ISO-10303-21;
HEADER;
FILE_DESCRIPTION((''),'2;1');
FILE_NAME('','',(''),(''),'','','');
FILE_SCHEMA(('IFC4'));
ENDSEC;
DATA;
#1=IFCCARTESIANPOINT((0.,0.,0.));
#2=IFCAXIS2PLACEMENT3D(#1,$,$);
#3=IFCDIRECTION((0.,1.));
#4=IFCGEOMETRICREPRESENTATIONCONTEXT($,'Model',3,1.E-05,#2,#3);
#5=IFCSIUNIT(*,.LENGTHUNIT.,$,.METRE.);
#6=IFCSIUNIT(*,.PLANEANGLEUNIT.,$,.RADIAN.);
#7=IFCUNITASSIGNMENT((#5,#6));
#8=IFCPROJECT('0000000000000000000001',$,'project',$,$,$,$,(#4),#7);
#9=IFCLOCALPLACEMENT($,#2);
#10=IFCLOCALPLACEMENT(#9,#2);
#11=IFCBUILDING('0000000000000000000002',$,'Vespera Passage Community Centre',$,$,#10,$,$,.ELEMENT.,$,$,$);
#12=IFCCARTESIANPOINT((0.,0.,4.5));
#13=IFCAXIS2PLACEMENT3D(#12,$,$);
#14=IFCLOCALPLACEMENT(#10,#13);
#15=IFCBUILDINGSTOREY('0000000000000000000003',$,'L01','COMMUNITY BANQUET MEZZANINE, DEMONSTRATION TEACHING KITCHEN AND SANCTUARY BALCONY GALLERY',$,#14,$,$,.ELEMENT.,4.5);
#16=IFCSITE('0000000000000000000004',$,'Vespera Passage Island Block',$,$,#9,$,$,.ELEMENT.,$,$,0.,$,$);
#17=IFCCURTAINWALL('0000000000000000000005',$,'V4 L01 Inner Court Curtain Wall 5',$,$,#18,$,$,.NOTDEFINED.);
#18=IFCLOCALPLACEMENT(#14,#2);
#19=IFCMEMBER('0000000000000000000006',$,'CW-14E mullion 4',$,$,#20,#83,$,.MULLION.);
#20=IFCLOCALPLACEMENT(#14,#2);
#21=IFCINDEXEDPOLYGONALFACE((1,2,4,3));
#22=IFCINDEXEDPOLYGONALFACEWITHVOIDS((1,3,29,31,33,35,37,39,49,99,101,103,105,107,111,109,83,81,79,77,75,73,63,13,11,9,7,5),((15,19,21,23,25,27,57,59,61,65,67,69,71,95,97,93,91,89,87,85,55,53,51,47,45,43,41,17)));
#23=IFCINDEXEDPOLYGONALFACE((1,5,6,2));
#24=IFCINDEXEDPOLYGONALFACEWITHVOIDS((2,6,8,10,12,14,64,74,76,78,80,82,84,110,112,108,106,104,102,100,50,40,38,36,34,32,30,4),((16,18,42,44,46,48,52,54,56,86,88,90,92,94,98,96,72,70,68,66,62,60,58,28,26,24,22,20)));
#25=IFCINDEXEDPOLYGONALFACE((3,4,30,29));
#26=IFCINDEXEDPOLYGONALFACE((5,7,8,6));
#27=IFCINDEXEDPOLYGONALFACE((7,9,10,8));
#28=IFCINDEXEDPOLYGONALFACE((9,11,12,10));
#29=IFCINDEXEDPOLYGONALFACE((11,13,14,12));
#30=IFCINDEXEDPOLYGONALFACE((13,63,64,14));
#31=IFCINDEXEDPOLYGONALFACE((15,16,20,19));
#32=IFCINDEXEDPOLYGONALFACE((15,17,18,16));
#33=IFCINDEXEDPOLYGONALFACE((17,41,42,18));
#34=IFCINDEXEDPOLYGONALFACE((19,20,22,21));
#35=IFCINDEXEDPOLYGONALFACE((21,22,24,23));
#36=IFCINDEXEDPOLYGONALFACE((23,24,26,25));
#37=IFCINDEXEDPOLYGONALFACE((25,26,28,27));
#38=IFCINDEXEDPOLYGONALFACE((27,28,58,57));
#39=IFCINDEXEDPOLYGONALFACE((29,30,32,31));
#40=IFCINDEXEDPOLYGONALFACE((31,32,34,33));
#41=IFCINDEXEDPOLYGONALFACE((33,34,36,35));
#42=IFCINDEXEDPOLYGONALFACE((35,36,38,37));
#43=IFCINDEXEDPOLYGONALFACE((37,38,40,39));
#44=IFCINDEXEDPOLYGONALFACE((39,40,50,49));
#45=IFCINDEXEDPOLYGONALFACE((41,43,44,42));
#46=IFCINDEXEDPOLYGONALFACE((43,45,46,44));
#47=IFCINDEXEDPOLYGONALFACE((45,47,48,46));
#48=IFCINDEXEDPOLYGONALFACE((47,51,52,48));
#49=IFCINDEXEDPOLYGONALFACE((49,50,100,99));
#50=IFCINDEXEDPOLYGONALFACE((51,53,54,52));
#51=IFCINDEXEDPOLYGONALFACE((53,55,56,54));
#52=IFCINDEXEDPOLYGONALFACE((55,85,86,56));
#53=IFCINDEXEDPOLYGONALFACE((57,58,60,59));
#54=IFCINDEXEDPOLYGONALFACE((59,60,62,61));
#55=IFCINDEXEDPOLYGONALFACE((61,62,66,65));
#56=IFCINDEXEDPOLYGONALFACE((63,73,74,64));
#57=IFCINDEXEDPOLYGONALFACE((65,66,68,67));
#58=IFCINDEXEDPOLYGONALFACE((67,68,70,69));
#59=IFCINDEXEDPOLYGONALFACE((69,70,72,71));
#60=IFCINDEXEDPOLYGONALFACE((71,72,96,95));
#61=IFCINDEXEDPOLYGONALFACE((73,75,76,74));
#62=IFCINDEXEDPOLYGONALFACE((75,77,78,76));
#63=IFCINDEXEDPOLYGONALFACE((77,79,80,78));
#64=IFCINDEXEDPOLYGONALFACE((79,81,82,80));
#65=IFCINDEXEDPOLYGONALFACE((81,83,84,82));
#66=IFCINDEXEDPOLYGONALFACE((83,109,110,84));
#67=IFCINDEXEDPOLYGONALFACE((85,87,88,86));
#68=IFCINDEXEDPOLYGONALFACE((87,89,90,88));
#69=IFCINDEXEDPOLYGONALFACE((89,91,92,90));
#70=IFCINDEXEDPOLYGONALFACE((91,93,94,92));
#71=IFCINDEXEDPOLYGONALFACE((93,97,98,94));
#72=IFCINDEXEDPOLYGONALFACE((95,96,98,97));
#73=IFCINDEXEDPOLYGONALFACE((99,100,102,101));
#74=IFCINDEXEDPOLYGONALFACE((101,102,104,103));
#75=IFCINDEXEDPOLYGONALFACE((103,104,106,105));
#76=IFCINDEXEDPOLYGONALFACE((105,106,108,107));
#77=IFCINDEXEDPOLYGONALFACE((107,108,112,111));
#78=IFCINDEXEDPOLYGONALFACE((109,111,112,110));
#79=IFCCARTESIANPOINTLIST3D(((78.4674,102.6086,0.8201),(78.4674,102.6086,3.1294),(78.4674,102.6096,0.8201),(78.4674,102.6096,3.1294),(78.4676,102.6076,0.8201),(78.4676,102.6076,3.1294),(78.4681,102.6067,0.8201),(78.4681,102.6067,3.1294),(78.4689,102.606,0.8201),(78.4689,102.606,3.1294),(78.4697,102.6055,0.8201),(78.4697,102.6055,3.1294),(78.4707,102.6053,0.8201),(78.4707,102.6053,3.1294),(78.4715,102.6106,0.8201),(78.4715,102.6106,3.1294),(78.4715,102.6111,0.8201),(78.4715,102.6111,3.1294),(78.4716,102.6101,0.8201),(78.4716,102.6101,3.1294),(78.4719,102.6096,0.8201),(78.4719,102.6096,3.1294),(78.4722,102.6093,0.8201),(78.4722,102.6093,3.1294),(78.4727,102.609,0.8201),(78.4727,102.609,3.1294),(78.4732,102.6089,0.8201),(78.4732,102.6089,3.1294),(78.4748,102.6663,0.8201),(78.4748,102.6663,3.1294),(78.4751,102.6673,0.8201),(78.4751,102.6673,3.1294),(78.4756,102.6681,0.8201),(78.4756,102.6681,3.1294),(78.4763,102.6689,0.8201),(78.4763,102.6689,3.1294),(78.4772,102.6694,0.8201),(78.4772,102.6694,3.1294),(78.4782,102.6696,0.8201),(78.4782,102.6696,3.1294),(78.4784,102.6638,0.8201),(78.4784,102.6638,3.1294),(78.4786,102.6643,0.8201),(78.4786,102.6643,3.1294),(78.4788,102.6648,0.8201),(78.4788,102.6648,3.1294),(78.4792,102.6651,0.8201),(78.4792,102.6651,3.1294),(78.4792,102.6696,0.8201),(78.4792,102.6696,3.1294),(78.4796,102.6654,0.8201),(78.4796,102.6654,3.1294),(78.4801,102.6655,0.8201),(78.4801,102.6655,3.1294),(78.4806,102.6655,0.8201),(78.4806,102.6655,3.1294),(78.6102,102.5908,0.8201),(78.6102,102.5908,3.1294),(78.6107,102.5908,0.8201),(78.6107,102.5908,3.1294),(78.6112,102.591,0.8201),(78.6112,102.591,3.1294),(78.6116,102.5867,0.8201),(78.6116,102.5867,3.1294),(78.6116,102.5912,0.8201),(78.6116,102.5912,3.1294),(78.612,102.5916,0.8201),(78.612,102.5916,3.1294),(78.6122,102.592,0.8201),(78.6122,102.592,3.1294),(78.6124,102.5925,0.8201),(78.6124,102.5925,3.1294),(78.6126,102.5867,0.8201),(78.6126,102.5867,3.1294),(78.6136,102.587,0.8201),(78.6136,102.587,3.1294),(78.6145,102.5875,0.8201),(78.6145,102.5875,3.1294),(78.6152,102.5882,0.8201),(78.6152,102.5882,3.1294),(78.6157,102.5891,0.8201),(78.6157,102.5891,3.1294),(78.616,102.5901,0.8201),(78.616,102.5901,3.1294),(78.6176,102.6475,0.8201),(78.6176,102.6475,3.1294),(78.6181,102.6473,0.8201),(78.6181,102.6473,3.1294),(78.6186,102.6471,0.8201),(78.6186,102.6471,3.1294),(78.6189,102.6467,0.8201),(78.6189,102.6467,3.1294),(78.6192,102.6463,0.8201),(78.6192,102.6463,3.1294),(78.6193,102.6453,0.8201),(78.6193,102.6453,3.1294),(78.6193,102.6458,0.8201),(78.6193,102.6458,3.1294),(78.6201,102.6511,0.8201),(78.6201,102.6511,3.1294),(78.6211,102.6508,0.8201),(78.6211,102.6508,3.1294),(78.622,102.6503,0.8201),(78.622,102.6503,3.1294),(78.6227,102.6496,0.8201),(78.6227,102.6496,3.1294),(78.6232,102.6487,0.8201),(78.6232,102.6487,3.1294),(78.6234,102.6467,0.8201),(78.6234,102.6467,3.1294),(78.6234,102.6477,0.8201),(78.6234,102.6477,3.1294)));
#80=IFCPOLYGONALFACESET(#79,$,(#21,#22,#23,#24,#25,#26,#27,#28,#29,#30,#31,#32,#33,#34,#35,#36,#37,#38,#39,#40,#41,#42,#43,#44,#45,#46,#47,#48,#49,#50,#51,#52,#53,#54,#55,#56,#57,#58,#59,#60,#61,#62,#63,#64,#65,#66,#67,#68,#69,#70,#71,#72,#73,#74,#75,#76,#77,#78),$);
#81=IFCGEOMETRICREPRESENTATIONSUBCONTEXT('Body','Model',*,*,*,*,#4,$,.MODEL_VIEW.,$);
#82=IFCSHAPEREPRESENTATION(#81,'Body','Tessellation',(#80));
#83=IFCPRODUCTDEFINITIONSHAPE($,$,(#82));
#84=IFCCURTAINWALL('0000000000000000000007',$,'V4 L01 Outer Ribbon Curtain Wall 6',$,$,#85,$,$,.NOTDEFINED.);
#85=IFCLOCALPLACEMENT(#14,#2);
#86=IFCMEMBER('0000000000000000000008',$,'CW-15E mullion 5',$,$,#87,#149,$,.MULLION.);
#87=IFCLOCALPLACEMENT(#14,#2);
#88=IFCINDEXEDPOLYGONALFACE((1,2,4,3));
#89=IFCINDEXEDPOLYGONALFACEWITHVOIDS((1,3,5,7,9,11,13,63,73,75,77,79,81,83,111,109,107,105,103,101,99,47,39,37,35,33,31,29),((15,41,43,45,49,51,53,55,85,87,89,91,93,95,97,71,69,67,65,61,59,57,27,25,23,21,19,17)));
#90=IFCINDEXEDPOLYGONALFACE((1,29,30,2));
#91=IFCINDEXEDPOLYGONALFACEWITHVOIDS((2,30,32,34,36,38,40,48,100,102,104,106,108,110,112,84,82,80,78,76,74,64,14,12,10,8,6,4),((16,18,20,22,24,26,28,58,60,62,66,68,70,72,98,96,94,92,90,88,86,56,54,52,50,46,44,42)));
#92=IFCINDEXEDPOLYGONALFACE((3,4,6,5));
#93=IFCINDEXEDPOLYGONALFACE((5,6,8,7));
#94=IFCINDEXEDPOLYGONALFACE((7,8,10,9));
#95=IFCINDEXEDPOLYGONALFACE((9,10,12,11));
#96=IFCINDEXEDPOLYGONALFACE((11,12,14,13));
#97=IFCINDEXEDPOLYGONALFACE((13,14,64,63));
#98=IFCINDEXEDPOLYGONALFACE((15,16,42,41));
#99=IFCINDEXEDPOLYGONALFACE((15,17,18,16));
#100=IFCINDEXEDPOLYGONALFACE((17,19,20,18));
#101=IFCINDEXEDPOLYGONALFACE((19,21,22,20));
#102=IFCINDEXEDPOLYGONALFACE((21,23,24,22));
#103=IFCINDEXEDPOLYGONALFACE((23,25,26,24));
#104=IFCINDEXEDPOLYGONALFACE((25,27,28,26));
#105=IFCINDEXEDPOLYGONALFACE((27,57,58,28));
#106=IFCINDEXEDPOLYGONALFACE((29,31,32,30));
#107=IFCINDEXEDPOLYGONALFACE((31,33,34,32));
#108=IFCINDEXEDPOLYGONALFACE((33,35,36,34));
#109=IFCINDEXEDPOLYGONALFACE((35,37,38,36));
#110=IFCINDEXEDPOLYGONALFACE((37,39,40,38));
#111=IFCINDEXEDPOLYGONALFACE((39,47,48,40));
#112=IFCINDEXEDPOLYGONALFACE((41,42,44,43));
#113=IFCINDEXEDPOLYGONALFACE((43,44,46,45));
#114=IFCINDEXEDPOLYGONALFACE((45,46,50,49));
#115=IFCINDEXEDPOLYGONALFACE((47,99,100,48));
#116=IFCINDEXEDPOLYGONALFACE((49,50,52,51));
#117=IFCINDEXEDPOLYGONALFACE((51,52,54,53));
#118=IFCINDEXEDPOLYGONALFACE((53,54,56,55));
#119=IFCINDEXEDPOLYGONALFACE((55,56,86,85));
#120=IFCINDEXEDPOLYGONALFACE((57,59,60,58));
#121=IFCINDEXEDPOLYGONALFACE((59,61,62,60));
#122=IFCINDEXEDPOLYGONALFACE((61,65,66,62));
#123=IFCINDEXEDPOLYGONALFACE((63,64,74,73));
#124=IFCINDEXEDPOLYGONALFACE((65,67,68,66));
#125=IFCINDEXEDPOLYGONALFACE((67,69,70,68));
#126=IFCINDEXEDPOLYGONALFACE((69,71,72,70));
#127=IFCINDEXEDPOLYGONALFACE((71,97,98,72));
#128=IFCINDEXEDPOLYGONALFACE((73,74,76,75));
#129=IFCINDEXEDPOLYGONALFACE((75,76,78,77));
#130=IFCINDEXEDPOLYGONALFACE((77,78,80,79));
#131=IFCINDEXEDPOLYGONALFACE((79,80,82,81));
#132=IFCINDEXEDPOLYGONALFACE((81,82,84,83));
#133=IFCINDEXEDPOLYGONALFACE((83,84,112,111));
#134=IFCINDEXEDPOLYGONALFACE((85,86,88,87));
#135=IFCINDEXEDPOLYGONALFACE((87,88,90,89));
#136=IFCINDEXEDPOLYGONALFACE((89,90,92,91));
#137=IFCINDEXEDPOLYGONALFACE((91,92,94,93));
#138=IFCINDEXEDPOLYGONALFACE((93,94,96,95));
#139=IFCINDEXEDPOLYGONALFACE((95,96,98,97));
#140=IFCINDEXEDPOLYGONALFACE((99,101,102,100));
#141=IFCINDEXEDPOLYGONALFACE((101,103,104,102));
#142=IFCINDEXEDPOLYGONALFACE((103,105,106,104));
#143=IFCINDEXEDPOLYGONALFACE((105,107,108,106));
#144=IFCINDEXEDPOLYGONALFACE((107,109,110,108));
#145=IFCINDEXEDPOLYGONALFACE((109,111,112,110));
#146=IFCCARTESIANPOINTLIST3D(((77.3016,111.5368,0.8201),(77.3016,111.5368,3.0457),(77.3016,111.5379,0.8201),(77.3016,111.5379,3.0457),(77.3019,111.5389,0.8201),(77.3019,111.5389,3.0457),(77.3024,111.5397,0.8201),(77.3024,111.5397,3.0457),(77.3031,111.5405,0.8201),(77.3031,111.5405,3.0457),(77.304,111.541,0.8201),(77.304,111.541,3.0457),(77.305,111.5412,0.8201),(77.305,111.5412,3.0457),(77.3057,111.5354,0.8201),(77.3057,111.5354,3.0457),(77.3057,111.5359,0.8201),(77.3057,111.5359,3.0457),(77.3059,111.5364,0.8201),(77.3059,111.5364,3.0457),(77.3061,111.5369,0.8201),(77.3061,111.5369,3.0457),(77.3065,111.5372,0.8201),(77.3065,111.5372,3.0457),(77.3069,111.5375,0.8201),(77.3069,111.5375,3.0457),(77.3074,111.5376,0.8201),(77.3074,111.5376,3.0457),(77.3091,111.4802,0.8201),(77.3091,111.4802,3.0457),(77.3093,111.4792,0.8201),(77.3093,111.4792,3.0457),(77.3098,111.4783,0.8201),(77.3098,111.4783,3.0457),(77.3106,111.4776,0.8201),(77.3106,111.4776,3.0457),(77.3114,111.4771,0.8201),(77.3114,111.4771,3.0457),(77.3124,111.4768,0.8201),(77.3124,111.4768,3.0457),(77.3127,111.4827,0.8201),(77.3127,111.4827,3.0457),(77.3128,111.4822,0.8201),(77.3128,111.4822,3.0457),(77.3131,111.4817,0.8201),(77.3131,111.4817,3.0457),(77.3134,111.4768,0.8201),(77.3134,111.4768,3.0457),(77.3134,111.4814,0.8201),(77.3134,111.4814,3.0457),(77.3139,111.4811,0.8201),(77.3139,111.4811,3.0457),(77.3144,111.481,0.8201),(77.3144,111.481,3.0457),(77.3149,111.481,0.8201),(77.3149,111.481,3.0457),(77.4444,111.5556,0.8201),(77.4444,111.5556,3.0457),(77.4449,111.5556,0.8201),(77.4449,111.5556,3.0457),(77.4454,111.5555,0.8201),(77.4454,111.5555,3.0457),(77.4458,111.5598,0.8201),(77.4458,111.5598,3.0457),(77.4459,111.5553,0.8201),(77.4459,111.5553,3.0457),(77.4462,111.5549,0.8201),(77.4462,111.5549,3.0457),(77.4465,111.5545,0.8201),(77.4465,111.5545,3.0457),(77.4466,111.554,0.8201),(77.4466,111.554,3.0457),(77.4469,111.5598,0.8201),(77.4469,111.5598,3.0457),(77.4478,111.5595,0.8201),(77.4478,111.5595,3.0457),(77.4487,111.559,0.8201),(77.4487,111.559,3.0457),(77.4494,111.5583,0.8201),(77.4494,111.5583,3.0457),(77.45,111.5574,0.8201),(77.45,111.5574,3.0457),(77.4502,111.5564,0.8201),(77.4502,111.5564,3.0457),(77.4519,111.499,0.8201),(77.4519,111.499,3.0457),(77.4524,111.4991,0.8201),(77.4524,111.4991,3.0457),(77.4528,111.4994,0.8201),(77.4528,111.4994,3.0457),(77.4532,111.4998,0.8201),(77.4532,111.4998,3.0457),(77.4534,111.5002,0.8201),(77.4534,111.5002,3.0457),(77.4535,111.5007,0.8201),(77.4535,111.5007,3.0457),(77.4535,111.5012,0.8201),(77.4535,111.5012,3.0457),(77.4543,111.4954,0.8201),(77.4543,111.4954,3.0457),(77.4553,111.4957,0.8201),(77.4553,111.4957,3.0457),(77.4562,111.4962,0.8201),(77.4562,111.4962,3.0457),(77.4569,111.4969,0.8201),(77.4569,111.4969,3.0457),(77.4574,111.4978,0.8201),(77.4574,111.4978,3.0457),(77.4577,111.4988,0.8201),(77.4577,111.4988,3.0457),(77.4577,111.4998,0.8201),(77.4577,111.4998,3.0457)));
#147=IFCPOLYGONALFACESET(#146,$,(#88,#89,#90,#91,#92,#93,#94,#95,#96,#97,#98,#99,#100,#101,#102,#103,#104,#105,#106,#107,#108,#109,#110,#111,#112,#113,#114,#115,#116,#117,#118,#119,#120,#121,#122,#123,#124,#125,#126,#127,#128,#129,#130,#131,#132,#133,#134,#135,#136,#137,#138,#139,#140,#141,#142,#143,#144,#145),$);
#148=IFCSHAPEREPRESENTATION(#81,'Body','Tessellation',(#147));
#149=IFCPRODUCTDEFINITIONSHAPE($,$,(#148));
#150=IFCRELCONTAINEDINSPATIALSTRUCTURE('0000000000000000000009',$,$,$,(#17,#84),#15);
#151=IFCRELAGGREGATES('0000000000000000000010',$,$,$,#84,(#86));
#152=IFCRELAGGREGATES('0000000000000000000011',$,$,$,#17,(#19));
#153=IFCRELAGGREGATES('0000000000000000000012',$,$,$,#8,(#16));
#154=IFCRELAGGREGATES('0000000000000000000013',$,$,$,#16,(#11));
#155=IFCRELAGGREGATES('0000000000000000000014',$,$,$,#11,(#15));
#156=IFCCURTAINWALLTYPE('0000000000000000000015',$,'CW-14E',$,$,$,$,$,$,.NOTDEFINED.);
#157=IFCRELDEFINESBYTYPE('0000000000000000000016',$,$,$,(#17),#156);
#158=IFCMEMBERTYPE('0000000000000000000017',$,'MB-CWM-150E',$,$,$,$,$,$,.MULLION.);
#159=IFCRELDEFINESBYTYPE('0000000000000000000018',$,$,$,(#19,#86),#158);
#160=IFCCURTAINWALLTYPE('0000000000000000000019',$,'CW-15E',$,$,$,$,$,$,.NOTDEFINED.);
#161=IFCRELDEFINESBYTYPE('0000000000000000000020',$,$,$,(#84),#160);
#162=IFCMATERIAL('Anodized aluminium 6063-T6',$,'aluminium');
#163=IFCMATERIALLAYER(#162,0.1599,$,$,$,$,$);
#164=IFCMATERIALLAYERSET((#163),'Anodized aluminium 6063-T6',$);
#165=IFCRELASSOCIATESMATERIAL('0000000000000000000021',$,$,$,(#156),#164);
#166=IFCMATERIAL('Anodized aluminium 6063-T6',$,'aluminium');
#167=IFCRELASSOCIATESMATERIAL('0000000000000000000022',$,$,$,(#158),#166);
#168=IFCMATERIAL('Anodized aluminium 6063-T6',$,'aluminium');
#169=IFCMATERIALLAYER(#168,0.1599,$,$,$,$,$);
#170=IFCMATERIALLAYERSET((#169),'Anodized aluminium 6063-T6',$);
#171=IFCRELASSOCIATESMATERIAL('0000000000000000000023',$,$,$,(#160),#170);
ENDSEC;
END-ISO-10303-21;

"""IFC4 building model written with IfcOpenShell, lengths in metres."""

from ifc_helpers import new_model, si_unit, direction, frame, origin, origin_2d, place, context, subcontext, project, spatial, hollow_rectangle, extrude, material, layer, layer_set, material_profile, profile_set, type_object, element, aggregate, save


model = new_model("IFC4")

# Units and contexts
model_context = context("Model", 3, precision=1e-05, world=origin(), true_north=direction((0.0, 1.0)))
body_context = subcontext(model_context, "Body", "Model", "MODEL_VIEW")
ifc_project = project(units=[si_unit("LENGTHUNIT", "METRE"), si_unit("PLANEANGLEUNIT", "RADIAN")], contexts=[model_context])

# Site, building, storey
site_placement = place(None, origin())
site = spatial("IfcSite", under=ifc_project, at=site_placement, Name="Vespera Passage Island Block", CompositionType="ELEMENT", RefElevation=0.0)
building_placement = place(site_placement, origin())
building = spatial("IfcBuilding", under=site, at=building_placement, Name="Vespera Passage Community Centre", CompositionType="ELEMENT")
storey_placement = place(building_placement, frame((0.0, 0.0, 4.5)))
storey = spatial("IfcBuildingStorey", under=building, at=storey_placement, Name="L01", Description="COMMUNITY BANQUET MEZZANINE, DEMONSTRATION TEACHING KITCHEN AND SANCTUARY BALCONY GALLERY", CompositionType="ELEMENT", Elevation=4.5)

# Curtain walls, members
ifc_material_1 = material(Name="Anodized aluminium 6063-T6", Category="aluminium")
ifc_layer_1 = layer(ifc_material_1, 0.1599)
ifc_layer_set_1 = layer_set([ifc_layer_1], Name="Anodized aluminium 6063-T6")
curtain_wall_type_1 = type_object("IfcCurtainWallType", Name="CW-14E", PredefinedType="NOTDEFINED", material=ifc_layer_set_1)
curtain_wall_1_placement = place(storey_placement, origin())
curtain_wall_1 = element("IfcCurtainWall", 1, at=curtain_wall_1_placement, inside=storey, type_object=curtain_wall_type_1, Name="V4 L01 Inner Court Curtain Wall 5", PredefinedType="NOTDEFINED")
ifc_material_2 = material(Name="Anodized aluminium 6063-T6", Category="aluminium")
ifc_material_profile_1 = material_profile(ifc_material_2, hollow_rectangle(XDim=0.0649, YDim=0.1499, WallThickness=0.0039, InnerFilletRadius=0.002, OuterFilletRadius=0.0039, at=origin_2d()), Name="ALU150X65X4")
ifc_profile_set_1 = profile_set([ifc_material_profile_1], Name="Anodized aluminium 6063-T6")
member_type_1 = type_object("IfcMemberType", Name="MB-CWM-150E", PredefinedType="MULLION", material=ifc_profile_set_1)
member_1_placement = place(storey_placement, frame((78.5454, 102.6282, 0.8201), z_axis=(0.0, 0.0, 1.0), x_axis=(-0.130522, -0.991445, 0.0)))
member_1 = element("IfcMember", 2, at=member_1_placement, type_object=member_type_1, Name="CW-14E mullion 4", PredefinedType="MULLION", context=body_context, shape_type="SweptSolid", body=[
    extrude(hollow_rectangle(XDim=0.0649, YDim=0.1499, WallThickness=0.0039, InnerFilletRadius=0.002, OuterFilletRadius=0.0039, at=origin_2d()), origin(), (0.0, 0.0, 1.0), 2.3093),
])
ifc_material_3 = material(Name="Anodized aluminium 6063-T6", Category="aluminium")
ifc_layer_2 = layer(ifc_material_3, 0.1599)
ifc_layer_set_2 = layer_set([ifc_layer_2], Name="Anodized aluminium 6063-T6")
curtain_wall_type_2 = type_object("IfcCurtainWallType", Name="CW-15E", PredefinedType="NOTDEFINED", material=ifc_layer_set_2)
curtain_wall_2_placement = place(storey_placement, origin())
curtain_wall_2 = element("IfcCurtainWall", 3, at=curtain_wall_2_placement, inside=storey, type_object=curtain_wall_type_2, Name="V4 L01 Outer Ribbon Curtain Wall 6", PredefinedType="NOTDEFINED")
member_2_placement = place(storey_placement, frame((77.3796, 111.5183, 0.8201), z_axis=(0.0, 0.0, 1.0), x_axis=(-0.130531, 0.991444, 0.0)))
member_2 = element("IfcMember", 4, at=member_2_placement, type_object=member_type_1, Name="CW-15E mullion 5", PredefinedType="MULLION", context=body_context, shape_type="SweptSolid", body=[
    extrude(hollow_rectangle(XDim=0.0649, YDim=0.1499, WallThickness=0.0039, InnerFilletRadius=0.002, OuterFilletRadius=0.0039, at=origin_2d()), origin(), (0.0, 0.0, 1.0), 2.2256),
])

aggregate(curtain_wall_2, [member_2])
aggregate(curtain_wall_1, [member_1])

save(model, "model.ifc")
